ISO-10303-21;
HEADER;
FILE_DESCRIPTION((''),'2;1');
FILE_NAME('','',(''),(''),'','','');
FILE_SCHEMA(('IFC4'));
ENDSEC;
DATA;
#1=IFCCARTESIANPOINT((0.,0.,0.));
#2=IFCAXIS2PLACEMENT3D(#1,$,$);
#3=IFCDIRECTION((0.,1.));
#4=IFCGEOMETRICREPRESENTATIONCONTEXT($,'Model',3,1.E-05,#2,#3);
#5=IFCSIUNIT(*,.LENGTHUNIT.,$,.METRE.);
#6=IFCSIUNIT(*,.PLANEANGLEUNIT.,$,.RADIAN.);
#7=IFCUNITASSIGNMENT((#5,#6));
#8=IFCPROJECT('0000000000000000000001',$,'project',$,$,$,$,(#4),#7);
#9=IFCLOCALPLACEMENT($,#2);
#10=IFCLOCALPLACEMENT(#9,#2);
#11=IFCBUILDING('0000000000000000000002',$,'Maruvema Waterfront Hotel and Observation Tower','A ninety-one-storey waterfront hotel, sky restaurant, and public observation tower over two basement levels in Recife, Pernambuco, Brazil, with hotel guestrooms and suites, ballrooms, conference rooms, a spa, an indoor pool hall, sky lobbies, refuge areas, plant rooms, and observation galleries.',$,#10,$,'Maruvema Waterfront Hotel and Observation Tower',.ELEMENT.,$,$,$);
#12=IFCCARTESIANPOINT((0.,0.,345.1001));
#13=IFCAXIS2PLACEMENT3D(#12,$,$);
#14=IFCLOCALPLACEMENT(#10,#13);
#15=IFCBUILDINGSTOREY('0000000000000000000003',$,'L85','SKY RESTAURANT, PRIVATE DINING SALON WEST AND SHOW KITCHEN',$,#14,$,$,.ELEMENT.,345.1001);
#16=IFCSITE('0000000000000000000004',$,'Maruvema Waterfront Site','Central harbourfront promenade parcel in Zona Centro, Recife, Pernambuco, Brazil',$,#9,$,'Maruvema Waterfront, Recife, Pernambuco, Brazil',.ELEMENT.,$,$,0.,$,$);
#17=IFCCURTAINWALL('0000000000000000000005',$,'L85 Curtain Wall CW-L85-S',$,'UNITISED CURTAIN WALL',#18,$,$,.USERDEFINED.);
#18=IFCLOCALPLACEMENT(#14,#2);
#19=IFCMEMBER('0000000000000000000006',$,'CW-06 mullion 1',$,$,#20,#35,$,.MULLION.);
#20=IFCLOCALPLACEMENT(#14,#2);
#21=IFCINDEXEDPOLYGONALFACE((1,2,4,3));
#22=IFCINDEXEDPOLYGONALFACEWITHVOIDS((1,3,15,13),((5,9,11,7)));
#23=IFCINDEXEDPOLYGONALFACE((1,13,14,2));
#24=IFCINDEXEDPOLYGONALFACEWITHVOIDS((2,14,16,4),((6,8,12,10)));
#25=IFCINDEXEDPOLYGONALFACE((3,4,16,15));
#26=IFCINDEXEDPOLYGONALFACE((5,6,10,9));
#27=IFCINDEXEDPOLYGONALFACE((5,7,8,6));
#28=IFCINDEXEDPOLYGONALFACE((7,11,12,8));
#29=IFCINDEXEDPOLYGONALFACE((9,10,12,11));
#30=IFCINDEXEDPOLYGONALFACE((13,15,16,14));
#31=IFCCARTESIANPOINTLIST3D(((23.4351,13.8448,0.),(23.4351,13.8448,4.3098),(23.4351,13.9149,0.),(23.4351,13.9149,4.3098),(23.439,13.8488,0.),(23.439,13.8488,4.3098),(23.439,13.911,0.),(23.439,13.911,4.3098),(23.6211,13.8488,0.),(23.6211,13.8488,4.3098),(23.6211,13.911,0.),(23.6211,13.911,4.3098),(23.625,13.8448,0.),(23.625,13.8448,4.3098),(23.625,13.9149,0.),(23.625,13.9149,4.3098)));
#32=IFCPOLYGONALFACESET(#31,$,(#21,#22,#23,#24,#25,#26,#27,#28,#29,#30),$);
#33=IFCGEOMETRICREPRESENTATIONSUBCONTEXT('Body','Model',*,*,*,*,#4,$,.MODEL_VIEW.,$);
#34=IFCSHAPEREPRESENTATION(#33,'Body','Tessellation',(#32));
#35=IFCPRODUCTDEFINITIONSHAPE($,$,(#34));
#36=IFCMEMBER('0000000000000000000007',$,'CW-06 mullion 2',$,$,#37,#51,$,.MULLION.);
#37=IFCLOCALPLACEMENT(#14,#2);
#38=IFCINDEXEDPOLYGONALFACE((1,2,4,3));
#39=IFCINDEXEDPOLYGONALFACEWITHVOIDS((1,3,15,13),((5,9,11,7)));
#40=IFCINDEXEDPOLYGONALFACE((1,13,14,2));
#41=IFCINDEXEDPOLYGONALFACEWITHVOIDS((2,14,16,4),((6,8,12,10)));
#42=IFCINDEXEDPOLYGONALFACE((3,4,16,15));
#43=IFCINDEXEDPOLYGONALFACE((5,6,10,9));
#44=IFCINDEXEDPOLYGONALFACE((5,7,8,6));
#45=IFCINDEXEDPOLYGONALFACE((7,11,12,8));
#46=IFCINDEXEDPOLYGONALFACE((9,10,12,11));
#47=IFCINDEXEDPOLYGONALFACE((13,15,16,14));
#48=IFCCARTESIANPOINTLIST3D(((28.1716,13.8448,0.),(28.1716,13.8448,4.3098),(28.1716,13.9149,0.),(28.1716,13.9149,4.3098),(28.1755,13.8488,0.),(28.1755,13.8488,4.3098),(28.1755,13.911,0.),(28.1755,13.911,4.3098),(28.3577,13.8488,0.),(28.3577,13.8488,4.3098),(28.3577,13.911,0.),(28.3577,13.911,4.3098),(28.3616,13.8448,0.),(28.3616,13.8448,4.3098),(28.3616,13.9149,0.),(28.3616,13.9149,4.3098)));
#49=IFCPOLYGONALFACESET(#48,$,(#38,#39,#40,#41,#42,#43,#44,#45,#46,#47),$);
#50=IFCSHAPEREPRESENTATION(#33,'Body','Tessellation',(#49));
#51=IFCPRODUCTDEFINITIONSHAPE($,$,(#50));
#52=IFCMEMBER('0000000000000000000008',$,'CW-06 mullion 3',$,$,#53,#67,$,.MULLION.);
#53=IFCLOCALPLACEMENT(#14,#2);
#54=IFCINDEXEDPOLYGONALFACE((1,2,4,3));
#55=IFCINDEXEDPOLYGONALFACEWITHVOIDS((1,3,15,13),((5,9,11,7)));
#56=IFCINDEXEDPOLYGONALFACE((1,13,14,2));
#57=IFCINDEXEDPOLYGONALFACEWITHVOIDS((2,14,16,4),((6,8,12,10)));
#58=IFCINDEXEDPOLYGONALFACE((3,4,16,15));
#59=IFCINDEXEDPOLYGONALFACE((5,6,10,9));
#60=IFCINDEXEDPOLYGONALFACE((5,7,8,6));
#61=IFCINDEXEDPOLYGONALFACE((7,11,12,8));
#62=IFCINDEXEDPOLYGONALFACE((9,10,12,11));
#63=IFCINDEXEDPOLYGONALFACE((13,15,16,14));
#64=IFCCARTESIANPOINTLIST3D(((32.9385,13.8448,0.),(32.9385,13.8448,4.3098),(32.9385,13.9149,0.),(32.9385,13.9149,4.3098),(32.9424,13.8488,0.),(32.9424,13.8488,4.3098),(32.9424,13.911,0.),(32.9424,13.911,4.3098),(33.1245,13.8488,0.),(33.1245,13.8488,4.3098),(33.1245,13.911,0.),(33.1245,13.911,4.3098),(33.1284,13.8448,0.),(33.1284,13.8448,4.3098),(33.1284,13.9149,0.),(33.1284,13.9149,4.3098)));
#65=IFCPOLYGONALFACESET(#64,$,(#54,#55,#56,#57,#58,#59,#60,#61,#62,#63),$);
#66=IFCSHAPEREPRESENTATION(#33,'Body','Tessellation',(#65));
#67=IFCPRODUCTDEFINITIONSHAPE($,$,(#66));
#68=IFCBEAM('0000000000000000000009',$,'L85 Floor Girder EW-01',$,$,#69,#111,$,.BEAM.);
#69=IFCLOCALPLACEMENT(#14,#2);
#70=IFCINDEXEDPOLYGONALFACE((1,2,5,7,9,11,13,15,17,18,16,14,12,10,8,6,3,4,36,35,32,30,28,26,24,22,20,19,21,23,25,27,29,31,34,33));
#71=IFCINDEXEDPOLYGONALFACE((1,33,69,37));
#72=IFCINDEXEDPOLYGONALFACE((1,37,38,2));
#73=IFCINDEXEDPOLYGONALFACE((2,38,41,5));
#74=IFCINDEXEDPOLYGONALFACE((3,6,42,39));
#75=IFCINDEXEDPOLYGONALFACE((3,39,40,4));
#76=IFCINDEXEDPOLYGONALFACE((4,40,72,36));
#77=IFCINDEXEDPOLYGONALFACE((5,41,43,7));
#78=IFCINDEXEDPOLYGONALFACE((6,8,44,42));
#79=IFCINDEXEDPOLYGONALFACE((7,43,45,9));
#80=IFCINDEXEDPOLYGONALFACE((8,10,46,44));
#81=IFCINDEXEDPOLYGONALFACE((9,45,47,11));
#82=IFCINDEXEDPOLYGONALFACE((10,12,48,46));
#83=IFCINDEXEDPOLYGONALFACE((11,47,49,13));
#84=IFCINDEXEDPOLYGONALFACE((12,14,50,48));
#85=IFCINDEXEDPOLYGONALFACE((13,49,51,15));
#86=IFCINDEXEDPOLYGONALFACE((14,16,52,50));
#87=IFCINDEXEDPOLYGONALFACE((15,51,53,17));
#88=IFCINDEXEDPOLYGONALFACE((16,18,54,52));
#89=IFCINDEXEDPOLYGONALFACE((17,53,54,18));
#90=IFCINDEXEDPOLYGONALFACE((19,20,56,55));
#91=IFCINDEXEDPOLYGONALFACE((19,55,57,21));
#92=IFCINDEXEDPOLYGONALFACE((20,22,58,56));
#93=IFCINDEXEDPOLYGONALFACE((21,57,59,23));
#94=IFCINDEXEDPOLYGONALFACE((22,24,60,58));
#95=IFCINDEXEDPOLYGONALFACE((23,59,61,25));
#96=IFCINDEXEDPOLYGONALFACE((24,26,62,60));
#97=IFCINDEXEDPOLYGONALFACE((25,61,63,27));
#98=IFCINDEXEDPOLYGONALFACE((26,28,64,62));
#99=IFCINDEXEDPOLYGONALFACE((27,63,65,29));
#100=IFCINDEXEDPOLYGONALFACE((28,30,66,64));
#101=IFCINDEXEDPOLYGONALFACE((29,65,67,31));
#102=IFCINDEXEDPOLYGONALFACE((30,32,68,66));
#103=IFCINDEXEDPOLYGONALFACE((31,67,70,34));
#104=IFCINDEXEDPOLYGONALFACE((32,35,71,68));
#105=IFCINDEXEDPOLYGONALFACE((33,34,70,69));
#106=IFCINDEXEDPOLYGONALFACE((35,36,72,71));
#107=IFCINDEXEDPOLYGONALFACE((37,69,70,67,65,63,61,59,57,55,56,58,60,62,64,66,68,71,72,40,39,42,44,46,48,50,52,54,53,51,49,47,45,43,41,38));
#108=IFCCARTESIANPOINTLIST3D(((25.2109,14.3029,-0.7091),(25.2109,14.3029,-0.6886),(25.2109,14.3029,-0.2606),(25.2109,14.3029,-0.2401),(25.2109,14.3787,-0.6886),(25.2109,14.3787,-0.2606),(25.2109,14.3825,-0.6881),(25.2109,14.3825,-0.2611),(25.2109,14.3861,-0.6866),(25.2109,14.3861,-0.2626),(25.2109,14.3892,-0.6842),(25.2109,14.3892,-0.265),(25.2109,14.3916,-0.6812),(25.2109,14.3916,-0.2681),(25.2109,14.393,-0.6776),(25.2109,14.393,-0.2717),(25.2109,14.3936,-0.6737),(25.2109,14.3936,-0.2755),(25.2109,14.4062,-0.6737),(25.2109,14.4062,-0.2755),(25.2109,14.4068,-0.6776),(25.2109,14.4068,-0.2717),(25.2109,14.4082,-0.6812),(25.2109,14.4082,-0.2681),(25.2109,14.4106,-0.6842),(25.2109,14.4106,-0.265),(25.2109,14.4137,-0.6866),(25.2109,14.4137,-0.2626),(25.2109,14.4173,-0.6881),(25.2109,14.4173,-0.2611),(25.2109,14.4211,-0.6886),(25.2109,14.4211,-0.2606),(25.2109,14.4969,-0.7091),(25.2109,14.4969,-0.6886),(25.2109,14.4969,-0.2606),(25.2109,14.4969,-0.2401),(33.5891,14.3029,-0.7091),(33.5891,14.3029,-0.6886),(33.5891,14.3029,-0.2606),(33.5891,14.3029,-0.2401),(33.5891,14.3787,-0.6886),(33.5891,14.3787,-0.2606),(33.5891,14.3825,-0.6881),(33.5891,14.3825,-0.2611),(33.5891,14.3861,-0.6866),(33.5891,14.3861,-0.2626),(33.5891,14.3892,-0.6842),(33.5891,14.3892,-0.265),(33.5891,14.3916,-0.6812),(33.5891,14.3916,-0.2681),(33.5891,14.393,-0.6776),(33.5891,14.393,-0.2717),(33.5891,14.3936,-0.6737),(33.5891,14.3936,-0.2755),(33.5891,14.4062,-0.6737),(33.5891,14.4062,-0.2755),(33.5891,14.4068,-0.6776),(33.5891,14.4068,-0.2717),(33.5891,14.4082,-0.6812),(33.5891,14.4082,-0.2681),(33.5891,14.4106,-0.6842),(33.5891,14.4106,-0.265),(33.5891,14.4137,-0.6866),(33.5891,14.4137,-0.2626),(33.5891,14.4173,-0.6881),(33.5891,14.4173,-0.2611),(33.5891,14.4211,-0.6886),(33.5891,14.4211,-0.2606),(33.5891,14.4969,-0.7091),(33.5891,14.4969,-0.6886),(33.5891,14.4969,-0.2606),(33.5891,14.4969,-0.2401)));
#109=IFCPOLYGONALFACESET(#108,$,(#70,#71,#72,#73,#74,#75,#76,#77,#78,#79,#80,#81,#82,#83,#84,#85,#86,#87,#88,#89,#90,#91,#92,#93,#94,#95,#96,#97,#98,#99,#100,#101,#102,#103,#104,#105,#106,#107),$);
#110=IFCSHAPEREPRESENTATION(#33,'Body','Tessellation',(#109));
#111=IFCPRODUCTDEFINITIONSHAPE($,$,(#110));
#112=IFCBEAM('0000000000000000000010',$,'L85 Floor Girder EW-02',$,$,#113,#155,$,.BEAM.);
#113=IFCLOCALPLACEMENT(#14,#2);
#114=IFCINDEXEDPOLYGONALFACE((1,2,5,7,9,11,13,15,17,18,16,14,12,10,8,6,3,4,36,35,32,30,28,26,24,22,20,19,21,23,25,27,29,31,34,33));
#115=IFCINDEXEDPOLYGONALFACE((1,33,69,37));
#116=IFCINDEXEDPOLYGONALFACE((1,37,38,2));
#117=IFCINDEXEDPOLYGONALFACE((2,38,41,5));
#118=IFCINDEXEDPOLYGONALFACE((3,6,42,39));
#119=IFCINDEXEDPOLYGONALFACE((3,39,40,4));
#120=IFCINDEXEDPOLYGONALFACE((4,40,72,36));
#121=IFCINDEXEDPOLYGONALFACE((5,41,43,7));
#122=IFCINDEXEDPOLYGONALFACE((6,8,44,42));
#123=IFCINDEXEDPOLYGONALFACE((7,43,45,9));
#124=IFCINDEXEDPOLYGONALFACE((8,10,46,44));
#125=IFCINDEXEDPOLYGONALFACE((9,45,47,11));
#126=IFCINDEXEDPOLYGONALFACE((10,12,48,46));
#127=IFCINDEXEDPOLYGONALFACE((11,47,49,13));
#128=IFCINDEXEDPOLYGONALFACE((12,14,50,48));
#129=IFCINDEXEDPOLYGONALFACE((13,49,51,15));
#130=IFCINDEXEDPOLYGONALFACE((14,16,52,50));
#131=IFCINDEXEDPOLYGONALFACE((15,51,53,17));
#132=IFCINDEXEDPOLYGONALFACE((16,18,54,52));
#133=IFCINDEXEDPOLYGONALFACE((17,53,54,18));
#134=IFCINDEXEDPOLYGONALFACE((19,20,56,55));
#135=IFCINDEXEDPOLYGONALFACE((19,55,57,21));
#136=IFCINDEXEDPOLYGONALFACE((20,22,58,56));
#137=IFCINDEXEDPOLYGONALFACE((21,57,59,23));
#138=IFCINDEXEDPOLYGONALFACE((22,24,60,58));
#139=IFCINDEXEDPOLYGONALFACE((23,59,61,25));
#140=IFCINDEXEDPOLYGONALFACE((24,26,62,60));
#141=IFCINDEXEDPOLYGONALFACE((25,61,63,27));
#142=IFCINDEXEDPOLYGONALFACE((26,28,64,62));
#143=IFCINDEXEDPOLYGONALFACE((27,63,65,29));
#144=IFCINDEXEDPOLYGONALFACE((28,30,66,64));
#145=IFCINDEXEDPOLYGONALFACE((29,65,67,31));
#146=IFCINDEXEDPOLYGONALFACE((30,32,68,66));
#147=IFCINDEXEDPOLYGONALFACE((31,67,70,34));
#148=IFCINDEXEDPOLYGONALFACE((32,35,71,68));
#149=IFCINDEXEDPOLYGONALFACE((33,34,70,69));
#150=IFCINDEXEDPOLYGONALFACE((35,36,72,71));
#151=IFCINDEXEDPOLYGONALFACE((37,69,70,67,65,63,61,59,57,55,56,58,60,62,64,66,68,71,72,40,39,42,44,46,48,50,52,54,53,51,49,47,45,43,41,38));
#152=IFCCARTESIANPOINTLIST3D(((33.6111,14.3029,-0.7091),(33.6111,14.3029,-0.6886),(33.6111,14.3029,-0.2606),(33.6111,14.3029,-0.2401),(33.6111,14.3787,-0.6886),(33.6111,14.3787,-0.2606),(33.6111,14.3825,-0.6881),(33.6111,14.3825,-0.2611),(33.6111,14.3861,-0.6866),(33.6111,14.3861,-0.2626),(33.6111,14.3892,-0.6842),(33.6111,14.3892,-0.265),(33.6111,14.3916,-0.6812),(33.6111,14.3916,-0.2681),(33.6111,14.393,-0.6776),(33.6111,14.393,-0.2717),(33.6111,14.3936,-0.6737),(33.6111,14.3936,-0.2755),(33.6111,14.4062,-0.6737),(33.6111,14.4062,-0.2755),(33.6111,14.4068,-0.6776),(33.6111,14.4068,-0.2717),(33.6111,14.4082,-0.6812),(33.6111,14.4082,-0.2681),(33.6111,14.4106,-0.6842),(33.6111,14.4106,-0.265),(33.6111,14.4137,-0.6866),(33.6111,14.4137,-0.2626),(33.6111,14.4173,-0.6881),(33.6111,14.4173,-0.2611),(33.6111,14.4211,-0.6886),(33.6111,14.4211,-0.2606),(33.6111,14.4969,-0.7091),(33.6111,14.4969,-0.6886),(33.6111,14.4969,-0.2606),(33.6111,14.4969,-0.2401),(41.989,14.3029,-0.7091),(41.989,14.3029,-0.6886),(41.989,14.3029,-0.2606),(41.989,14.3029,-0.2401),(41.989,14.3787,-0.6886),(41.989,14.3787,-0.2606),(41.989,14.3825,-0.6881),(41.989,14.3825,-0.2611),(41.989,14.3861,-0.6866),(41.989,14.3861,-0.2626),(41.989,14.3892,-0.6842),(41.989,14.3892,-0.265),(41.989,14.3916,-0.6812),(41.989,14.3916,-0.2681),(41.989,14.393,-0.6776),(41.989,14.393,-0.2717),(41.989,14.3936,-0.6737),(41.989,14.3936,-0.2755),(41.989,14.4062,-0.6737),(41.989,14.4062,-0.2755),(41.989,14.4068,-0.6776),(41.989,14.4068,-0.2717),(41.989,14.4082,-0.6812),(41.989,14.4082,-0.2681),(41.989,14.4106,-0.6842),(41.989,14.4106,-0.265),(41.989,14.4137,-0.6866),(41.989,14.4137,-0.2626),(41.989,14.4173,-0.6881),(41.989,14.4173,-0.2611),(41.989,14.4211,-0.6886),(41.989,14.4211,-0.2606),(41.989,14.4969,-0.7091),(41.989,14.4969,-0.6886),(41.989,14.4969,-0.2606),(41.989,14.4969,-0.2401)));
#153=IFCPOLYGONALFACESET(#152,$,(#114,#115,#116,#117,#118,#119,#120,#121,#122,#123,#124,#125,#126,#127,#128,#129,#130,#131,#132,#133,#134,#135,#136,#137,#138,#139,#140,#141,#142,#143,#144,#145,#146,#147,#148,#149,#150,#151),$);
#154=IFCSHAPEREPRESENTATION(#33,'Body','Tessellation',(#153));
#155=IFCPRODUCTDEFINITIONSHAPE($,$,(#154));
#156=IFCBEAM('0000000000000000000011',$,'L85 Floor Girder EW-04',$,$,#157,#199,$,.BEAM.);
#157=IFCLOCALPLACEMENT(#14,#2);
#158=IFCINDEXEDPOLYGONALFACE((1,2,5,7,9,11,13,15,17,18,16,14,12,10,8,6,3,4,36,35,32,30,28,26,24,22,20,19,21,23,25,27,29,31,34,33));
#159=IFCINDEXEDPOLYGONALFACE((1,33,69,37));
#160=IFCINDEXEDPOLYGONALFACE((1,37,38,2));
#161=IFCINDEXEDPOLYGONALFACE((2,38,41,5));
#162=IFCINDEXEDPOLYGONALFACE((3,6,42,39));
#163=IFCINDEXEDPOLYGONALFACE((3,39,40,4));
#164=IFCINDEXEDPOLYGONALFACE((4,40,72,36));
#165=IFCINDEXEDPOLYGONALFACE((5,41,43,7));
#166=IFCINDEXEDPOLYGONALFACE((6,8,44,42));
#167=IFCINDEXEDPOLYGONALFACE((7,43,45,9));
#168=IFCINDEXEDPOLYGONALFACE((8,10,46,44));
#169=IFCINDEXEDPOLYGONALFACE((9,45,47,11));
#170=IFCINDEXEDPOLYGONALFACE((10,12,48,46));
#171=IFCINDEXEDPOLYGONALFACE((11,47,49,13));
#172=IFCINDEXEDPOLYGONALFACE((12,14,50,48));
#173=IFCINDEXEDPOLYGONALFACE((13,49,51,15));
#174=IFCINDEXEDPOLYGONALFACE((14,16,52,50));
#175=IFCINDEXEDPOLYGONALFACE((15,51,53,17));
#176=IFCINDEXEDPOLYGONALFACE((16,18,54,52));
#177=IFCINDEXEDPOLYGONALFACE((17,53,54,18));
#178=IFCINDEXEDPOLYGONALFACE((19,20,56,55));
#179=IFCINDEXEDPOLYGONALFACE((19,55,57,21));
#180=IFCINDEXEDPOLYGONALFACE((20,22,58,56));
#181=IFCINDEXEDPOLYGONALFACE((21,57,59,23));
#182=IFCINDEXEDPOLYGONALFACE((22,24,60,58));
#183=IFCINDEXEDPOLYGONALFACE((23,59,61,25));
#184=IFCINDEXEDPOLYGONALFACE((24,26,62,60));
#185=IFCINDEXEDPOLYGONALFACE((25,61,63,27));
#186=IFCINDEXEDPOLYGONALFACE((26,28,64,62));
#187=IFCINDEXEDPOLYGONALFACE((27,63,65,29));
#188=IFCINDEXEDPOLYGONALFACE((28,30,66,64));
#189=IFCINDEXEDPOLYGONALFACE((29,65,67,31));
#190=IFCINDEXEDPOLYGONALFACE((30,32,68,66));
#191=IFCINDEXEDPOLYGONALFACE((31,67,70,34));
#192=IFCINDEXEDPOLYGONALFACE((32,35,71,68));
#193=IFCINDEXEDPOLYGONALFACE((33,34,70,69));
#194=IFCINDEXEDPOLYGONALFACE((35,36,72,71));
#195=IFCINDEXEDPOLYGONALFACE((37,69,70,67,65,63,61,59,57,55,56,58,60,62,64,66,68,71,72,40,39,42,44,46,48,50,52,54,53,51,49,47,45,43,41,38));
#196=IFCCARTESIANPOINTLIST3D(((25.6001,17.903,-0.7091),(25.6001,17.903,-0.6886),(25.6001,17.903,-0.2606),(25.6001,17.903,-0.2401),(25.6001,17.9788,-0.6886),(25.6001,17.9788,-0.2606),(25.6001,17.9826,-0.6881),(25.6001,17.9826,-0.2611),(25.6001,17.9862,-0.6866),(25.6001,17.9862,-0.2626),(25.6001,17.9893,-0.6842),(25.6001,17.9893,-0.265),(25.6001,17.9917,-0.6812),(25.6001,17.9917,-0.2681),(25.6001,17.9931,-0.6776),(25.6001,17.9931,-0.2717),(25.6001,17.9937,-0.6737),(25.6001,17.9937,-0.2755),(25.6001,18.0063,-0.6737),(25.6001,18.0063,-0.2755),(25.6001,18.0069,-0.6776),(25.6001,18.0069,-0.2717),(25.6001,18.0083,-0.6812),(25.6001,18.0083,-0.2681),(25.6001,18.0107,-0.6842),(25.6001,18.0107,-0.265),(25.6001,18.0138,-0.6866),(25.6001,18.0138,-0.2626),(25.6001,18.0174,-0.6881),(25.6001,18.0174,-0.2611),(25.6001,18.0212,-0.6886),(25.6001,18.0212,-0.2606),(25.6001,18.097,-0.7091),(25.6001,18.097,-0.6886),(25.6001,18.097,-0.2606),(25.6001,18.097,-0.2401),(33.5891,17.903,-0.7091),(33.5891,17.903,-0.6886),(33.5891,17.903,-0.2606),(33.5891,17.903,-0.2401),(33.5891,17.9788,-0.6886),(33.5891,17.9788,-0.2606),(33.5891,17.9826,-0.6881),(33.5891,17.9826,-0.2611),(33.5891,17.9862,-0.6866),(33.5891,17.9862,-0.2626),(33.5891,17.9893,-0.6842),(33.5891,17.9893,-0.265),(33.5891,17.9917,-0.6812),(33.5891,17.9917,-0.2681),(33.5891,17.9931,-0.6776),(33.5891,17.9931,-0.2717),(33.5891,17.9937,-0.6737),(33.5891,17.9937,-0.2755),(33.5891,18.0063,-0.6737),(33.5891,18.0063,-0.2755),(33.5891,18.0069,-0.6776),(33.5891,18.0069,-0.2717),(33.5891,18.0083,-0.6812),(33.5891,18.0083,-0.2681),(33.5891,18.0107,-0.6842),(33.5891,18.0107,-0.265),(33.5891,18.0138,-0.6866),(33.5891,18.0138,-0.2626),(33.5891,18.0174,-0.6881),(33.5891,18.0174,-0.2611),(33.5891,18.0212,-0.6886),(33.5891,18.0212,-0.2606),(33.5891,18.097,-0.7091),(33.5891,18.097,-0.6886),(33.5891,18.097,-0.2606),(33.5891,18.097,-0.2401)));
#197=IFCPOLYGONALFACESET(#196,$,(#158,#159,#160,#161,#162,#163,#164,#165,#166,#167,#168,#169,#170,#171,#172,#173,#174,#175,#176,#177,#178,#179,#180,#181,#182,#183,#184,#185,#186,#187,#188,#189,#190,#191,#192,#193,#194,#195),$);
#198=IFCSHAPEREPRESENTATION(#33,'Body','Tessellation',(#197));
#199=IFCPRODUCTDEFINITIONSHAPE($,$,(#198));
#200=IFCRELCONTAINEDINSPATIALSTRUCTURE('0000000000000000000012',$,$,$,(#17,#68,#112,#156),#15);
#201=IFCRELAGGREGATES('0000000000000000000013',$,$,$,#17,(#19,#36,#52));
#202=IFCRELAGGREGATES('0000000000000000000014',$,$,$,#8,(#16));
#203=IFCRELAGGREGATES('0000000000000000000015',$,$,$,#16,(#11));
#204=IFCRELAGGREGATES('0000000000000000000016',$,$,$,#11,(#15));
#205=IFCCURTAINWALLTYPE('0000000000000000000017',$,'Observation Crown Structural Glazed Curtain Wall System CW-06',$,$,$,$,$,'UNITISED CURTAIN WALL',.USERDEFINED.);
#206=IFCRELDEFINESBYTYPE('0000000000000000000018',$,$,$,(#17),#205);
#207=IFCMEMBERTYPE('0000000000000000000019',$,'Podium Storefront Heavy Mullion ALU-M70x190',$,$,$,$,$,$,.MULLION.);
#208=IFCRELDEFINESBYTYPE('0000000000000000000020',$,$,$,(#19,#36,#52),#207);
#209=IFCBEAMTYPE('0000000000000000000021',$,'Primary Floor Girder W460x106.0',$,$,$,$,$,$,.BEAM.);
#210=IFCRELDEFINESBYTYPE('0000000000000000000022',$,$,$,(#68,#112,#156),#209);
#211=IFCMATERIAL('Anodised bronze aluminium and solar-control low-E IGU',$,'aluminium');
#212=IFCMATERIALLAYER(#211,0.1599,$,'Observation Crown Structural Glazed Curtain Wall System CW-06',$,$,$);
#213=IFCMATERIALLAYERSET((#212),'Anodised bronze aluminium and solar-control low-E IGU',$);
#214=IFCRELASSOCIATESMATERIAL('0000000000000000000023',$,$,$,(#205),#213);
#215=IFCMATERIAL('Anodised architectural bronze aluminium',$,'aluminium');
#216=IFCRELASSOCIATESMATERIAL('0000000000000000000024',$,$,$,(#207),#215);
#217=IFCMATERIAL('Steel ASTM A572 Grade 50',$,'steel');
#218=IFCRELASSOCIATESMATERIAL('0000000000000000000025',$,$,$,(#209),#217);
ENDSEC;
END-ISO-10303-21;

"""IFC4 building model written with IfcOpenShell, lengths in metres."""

from ifc_helpers import new_model, si_unit, direction, frame, origin, origin_2d, place, context, subcontext, project, spatial, hollow_rectangle, i_section, extrude, material, layer, layer_set, material_profile, profile_set, type_object, element, aggregate, save


model = new_model("IFC4")

# Units and contexts
model_context = context("Model", 3, precision=1e-05, world=origin(), true_north=direction((0.0, 1.0)))
body_context = subcontext(model_context, "Body", "Model", "MODEL_VIEW")
ifc_project = project(units=[si_unit("LENGTHUNIT", "METRE"), si_unit("PLANEANGLEUNIT", "RADIAN")], contexts=[model_context])

# Site, building, storey
site_placement = place(None, origin())
site = spatial("IfcSite", under=ifc_project, at=site_placement, Name="Maruvema Waterfront Site", Description="Central harbourfront promenade parcel in Zona Centro, Recife, Pernambuco, Brazil", LongName="Maruvema Waterfront, Recife, Pernambuco, Brazil", CompositionType="ELEMENT", RefElevation=0.0)
building_placement = place(site_placement, origin())
building = spatial("IfcBuilding", under=site, at=building_placement, Name="Maruvema Waterfront Hotel and Observation Tower", Description="A ninety-one-storey waterfront hotel, sky restaurant, and public observation tower over two basement levels in Recife, Pernambuco, Brazil, with hotel guestrooms and suites, ballrooms, conference rooms, a spa, an indoor pool hall, sky lobbies, refuge areas, plant rooms, and observation galleries.", LongName="Maruvema Waterfront Hotel and Observation Tower", CompositionType="ELEMENT")
storey_placement = place(building_placement, frame((0.0, 0.0, 345.1001)))
storey = spatial("IfcBuildingStorey", under=building, at=storey_placement, Name="L85", Description="SKY RESTAURANT, PRIVATE DINING SALON WEST AND SHOW KITCHEN", CompositionType="ELEMENT", Elevation=345.1001)

# Curtain wall, members
ifc_material_1 = material(Name="Anodised bronze aluminium and solar-control low-E IGU", Category="aluminium")
ifc_layer_1 = layer(ifc_material_1, 0.1599, Name="Observation Crown Structural Glazed Curtain Wall System CW-06")
ifc_layer_set_1 = layer_set([ifc_layer_1], Name="Anodised bronze aluminium and solar-control low-E IGU")
curtain_wall_type = type_object("IfcCurtainWallType", Name="Observation Crown Structural Glazed Curtain Wall System CW-06", ElementType="UNITISED CURTAIN WALL", PredefinedType="USERDEFINED", material=ifc_layer_set_1)
curtain_wall_placement = place(storey_placement, origin())
curtain_wall = element("IfcCurtainWall", 1, at=curtain_wall_placement, inside=storey, type_object=curtain_wall_type, Name="L85 Curtain Wall CW-L85-S", ObjectType="UNITISED CURTAIN WALL", PredefinedType="USERDEFINED")
ifc_material_2 = material(Name="Anodised architectural bronze aluminium", Category="aluminium")
ifc_material_profile_1 = material_profile(ifc_material_2, hollow_rectangle(XDim=0.0701, YDim=0.1899, WallThickness=0.0039, at=origin_2d()), Name="ALU-M70x190")
ifc_profile_set_1 = profile_set([ifc_material_profile_1], Name="Anodised architectural bronze aluminium")
member_type_1 = type_object("IfcMemberType", Name="Podium Storefront Heavy Mullion ALU-M70x190", PredefinedType="MULLION", material=ifc_profile_set_1)
member_1_placement = place(storey_placement, frame((23.53, 13.8799, 0.0), z_axis=(0.0, 0.0, 1.0), x_axis=(0.0, 1.0, 0.0)))
member_1 = element("IfcMember", 2, at=member_1_placement, type_object=member_type_1, Name="CW-06 mullion 1", PredefinedType="MULLION", context=body_context, shape_type="SweptSolid", body=[
    extrude(hollow_rectangle(XDim=0.0701, YDim=0.1899, WallThickness=0.0039, at=origin_2d()), origin(), (0.0, 0.0, 1.0), 4.3098),
])
member_2_placement = place(storey_placement, frame((28.2666, 13.8799, 0.0), z_axis=(0.0, 0.0, 1.0), x_axis=(0.0, 1.0, 0.0)))
member_2 = element("IfcMember", 3, at=member_2_placement, type_object=member_type_1, Name="CW-06 mullion 2", PredefinedType="MULLION", context=body_context, shape_type="SweptSolid", body=[
    extrude(hollow_rectangle(XDim=0.0701, YDim=0.1899, WallThickness=0.0039, at=origin_2d()), origin(), (0.0, 0.0, 1.0), 4.3098),
])
member_3_placement = place(storey_placement, frame((33.0334, 13.8799, 0.0), z_axis=(0.0, 0.0, 1.0), x_axis=(0.0, 1.0, 0.0)))
member_3 = element("IfcMember", 4, at=member_3_placement, type_object=member_type_1, Name="CW-06 mullion 3", PredefinedType="MULLION", context=body_context, shape_type="SweptSolid", body=[
    extrude(hollow_rectangle(XDim=0.0701, YDim=0.1899, WallThickness=0.0039, at=origin_2d()), origin(), (0.0, 0.0, 1.0), 4.3098),
])

# Beams
ifc_material_3 = material(Name="Steel ASTM A572 Grade 50", Category="steel")
ifc_material_profile_2 = material_profile(ifc_material_3, i_section(OverallWidth=0.1941, OverallDepth=0.469, WebThickness=0.0127, FlangeThickness=0.0205, FilletRadius=0.0149, at=origin_2d()), Name="W460x106.0")
ifc_profile_set_2 = profile_set([ifc_material_profile_2], Name="Steel ASTM A572 Grade 50")
beam_type_1 = type_object("IfcBeamType", Name="Primary Floor Girder W460x106.0", PredefinedType="BEAM", material=ifc_profile_set_2)
beam_1_placement = place(storey_placement, frame((25.2109, 14.3999, -0.4746), z_axis=(1.0, 0.0, 0.0), x_axis=(0.0, 1.0, 0.0)))
element("IfcBeam", 5, at=beam_1_placement, inside=storey, type_object=beam_type_1, Name="L85 Floor Girder EW-01", PredefinedType="BEAM", context=body_context, shape_type="SweptSolid", body=[
    extrude(i_section(OverallWidth=0.1941, OverallDepth=0.469, WebThickness=0.0127, FlangeThickness=0.0205, FilletRadius=0.0149, at=origin_2d()), origin(), (0.0, 0.0, 1.0), 8.3782),
])
beam_2_placement = place(storey_placement, frame((33.6111, 14.3999, -0.4746), z_axis=(1.0, 0.0, 0.0), x_axis=(0.0, 1.0, 0.0)))
element("IfcBeam", 6, at=beam_2_placement, inside=storey, type_object=beam_type_1, Name="L85 Floor Girder EW-02", PredefinedType="BEAM", context=body_context, shape_type="SweptSolid", body=[
    extrude(i_section(OverallWidth=0.1941, OverallDepth=0.469, WebThickness=0.0127, FlangeThickness=0.0205, FilletRadius=0.0149, at=origin_2d()), origin(), (0.0, 0.0, 1.0), 8.3779),
])
beam_3_placement = place(storey_placement, frame((25.6001, 18.0, -0.4746), z_axis=(1.0, 0.0, 0.0), x_axis=(0.0, 1.0, 0.0)))
element("IfcBeam", 7, at=beam_3_placement, inside=storey, type_object=beam_type_1, Name="L85 Floor Girder EW-04", PredefinedType="BEAM", context=body_context, shape_type="SweptSolid", body=[
    extrude(i_section(OverallWidth=0.1941, OverallDepth=0.469, WebThickness=0.0127, FlangeThickness=0.0205, FilletRadius=0.0149, at=origin_2d()), origin(), (0.0, 0.0, 1.0), 7.989),
])

aggregate(curtain_wall, [member_1, member_2, member_3])

save(model, "model.ifc")
